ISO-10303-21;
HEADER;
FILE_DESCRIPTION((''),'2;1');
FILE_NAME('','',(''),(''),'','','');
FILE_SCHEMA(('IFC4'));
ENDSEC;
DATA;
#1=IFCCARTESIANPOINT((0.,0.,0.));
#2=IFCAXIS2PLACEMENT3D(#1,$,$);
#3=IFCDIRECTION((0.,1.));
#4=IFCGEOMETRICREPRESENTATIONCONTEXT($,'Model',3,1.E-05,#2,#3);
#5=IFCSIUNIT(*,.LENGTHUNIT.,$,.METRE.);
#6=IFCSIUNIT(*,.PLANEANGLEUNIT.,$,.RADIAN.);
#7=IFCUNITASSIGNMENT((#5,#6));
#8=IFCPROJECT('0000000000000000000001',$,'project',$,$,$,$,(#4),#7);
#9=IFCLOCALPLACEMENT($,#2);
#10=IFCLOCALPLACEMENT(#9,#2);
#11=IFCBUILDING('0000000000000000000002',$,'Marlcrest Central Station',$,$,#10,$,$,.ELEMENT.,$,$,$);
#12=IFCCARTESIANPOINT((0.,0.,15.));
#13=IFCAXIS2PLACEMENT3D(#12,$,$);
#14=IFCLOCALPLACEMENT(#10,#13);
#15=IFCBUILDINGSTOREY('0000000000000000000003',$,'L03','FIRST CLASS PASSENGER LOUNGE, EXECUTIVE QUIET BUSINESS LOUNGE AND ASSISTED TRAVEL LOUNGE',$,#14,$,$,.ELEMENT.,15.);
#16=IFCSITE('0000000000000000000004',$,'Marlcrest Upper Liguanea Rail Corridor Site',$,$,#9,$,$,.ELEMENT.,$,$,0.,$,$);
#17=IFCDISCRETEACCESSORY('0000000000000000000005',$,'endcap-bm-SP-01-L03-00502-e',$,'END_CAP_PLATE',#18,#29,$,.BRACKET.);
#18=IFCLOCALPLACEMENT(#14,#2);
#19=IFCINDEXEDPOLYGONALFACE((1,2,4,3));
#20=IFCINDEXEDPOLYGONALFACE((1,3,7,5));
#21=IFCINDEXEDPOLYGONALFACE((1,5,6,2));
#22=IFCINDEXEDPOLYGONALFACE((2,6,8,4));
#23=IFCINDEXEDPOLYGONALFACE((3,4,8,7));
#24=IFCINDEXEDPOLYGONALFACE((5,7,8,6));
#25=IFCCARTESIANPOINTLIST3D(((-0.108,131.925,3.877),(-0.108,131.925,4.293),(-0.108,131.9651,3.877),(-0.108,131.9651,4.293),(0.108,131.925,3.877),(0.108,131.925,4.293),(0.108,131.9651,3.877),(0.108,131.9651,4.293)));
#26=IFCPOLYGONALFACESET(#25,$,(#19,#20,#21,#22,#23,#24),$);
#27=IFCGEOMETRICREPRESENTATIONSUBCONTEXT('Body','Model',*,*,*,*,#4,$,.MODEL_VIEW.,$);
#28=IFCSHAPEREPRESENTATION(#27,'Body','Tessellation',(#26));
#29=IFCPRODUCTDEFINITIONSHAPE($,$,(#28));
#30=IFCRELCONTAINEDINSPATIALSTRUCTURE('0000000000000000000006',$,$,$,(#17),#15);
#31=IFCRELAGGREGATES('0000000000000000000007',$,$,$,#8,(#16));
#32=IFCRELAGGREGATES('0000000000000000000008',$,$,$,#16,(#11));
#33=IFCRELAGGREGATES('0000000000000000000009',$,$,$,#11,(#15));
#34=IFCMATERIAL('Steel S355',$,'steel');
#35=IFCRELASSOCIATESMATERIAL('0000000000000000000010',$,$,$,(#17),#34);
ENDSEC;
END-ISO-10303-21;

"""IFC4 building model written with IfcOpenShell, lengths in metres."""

from ifc_helpers import new_model, si_unit, direction, frame, origin, origin_2d, place, context, subcontext, project, spatial, rectangle, extrude, material, element, save


model = new_model("IFC4")

# Units and contexts
model_context = context("Model", 3, precision=1e-05, world=origin(), true_north=direction((0.0, 1.0)))
body_context = subcontext(model_context, "Body", "Model", "MODEL_VIEW")
ifc_project = project(units=[si_unit("LENGTHUNIT", "METRE"), si_unit("PLANEANGLEUNIT", "RADIAN")], contexts=[model_context])

# Site, building, storey
site_placement = place(None, origin())
site = spatial("IfcSite", under=ifc_project, at=site_placement, Name="Marlcrest Upper Liguanea Rail Corridor Site", CompositionType="ELEMENT", RefElevation=0.0)
building_placement = place(site_placement, origin())
building = spatial("IfcBuilding", under=site, at=building_placement, Name="Marlcrest Central Station", CompositionType="ELEMENT")
storey_placement = place(building_placement, frame((0.0, 0.0, 15.0)))
storey = spatial("IfcBuildingStorey", under=building, at=storey_placement, Name="L03", Description="FIRST CLASS PASSENGER LOUNGE, EXECUTIVE QUIET BUSINESS LOUNGE AND ASSISTED TRAVEL LOUNGE", CompositionType="ELEMENT", Elevation=15.0)

# Shared definitions
ifc_material_1 = material(Name="Steel S355", Category="steel")

# Discrete accessory
for number, where, z_axis, x_axis, name in (
    (1, (0.0, 131.925, 4.085), (0.0, 1.0, 0.0), (-1.0, 0.0, 0.0), "endcap-bm-SP-01-L03-00502-e"),
):
    element("IfcDiscreteAccessory", number, at=place(storey_placement, frame(where, z_axis=z_axis, x_axis=x_axis)), inside=storey, material=ifc_material_1, Name=name, ObjectType="END_CAP_PLATE", PredefinedType="BRACKET", context=body_context, shape_type="SweptSolid", body=[
        extrude(rectangle(XDim=0.2161, YDim=0.416, at=origin_2d()), origin(), (0.0, 0.0, 1.0), 0.04),
    ])

save(model, "model.ifc")
